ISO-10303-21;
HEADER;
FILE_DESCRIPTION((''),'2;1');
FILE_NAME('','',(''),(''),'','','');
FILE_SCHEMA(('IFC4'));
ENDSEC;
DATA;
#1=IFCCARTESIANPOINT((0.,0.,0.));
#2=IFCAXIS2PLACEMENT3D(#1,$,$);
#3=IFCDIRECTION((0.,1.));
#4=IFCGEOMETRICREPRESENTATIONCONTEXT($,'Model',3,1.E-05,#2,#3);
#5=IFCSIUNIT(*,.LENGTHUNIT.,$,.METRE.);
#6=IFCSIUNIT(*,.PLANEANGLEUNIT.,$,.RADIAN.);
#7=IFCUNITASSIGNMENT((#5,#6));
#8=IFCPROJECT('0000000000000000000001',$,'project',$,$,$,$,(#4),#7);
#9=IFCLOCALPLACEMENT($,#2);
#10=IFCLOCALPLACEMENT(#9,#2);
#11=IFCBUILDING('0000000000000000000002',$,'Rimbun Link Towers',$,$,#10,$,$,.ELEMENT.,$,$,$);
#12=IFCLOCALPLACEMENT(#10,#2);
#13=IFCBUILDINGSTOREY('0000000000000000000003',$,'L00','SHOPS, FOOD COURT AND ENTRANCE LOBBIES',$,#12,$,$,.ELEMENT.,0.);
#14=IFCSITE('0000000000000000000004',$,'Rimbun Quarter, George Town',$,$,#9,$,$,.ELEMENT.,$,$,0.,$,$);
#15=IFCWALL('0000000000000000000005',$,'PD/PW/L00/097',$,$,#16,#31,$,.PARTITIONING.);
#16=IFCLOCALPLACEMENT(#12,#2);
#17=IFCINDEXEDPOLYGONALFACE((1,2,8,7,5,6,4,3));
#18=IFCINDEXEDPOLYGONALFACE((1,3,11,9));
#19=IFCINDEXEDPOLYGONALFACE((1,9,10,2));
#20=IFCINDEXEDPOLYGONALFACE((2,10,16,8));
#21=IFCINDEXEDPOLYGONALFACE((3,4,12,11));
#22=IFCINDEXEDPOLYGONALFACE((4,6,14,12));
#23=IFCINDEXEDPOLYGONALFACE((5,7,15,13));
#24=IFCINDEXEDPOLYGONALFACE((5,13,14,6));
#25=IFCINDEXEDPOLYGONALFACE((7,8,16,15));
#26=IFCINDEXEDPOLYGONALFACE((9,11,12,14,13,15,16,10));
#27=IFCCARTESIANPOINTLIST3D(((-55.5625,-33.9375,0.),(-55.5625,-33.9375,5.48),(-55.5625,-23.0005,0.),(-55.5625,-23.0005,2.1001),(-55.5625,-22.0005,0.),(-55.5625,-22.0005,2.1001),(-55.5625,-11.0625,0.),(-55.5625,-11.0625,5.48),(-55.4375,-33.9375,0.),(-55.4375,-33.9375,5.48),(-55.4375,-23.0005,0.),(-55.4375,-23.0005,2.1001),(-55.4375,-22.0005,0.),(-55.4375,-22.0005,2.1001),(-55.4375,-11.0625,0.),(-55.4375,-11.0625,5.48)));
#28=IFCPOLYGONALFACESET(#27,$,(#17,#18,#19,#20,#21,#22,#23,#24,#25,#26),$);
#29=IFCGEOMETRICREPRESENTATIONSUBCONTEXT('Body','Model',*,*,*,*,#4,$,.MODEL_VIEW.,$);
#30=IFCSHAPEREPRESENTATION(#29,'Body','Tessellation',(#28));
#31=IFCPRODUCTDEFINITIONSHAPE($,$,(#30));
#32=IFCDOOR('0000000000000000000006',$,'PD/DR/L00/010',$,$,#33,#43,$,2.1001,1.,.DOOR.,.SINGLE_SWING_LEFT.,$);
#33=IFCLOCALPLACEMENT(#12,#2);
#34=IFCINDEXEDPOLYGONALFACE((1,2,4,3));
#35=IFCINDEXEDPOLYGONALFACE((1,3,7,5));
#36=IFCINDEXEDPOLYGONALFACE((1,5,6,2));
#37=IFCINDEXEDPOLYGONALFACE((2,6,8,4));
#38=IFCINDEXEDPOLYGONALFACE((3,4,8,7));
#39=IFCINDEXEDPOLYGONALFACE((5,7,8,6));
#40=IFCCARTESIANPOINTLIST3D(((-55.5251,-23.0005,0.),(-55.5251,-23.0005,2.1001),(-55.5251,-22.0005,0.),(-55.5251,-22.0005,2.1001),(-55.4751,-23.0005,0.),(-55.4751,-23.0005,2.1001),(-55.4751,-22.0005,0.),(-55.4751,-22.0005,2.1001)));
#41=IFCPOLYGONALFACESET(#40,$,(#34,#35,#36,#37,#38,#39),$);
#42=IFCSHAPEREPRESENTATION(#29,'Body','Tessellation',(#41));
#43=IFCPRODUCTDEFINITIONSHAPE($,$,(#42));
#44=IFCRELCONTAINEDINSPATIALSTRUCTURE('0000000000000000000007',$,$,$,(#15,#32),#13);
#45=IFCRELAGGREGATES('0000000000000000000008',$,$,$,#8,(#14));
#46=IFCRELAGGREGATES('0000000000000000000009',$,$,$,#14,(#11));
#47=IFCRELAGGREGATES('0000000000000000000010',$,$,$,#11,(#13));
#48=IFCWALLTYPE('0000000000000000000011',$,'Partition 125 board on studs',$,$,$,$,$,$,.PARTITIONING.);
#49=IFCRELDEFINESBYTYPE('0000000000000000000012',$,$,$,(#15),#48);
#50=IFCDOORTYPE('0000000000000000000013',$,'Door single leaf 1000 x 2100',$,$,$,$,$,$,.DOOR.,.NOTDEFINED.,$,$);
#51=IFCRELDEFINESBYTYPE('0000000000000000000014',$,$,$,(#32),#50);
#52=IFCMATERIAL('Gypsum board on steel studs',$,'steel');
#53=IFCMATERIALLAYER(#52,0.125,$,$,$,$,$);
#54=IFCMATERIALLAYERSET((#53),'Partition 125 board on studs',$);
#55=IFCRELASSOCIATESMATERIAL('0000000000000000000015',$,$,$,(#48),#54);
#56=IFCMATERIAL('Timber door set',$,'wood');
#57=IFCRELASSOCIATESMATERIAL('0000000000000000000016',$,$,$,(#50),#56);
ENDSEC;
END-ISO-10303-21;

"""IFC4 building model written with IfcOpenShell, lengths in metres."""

from ifc_helpers import new_model, si_unit, direction, frame, frame_2d, origin, place, context, subcontext, project, spatial, rectangle, extrude, material, layer, layer_set, type_object, element, fill, save


model = new_model("IFC4")

# Units and contexts
model_context = context("Model", 3, precision=1e-05, world=origin(), true_north=direction((0.0, 1.0)))
body_context = subcontext(model_context, "Body", "Model", "MODEL_VIEW")
ifc_project = project(units=[si_unit("LENGTHUNIT", "METRE"), si_unit("PLANEANGLEUNIT", "RADIAN")], contexts=[model_context])

# Site, building, storey
site_placement = place(None, origin())
site = spatial("IfcSite", under=ifc_project, at=site_placement, Name="Rimbun Quarter, George Town", CompositionType="ELEMENT", RefElevation=0.0)
building_placement = place(site_placement, origin())
building = spatial("IfcBuilding", under=site, at=building_placement, Name="Rimbun Link Towers", CompositionType="ELEMENT")
storey_placement = place(building_placement, origin())
storey = spatial("IfcBuildingStorey", under=building, at=storey_placement, Name="L00", Description="SHOPS, FOOD COURT AND ENTRANCE LOBBIES", CompositionType="ELEMENT", Elevation=0.0)

# Shared definitions
ifc_material_1 = material(Name="Gypsum board on steel studs", Category="steel")
ifc_layer_1 = layer(ifc_material_1, 0.125)
ifc_layer_set_1 = layer_set([ifc_layer_1], Name="Partition 125 board on studs")
wall_type = type_object("IfcWallType", Name="Partition 125 board on studs", PredefinedType="PARTITIONING", material=ifc_layer_set_1)

# Wall, opening, door
wall_1_placement = place(storey_placement, frame((-55.5, -11.0625, 0.0), z_axis=(0.0, 0.0, 1.0), x_axis=(0.0, -1.0, 0.0)))
wall_1 = element("IfcWall", 1, at=wall_1_placement, inside=storey, type_object=wall_type, Name="PD/PW/L00/097", PredefinedType="PARTITIONING", context=body_context, shape_type="SweptSolid", body=[
    extrude(rectangle(XDim=22.875, YDim=0.125, at=frame_2d((11.4375, 0.0))), origin(), (0.0, 0.0, 1.0), 5.48),
])
opening_placement = place(wall_1_placement, frame((10.938, 0.0, 0.0)))
opening = element("IfcOpeningElement", 2, at=opening_placement, cuts=wall_1, PredefinedType="OPENING", context=body_context, shape_type="SweptSolid", body=[
    extrude(rectangle(XDim=1.0, YDim=2.1001, at=frame_2d((0.5, 1.05))), frame((0.0, 0.0725, 0.0), z_axis=(0.0, -1.0, 0.0), x_axis=(1.0, 0.0, 0.0)), (0.0, 0.0, 1.0), 0.145),
])
ifc_material_2 = material(Name="Timber door set", Category="wood")
door_type = type_object("IfcDoorType", Name="Door single leaf 1000 x 2100", OperationType="NOTDEFINED", PredefinedType="DOOR", material=ifc_material_2)
door_placement = place(opening_placement, origin())
door = element("IfcDoor", 3, at=door_placement, inside=storey, type_object=door_type, Name="PD/DR/L00/010", OperationType="SINGLE_SWING_LEFT", OverallHeight=2.1001, OverallWidth=1.0, PredefinedType="DOOR", context=body_context, shape_type="SweptSolid", body=[
    extrude(rectangle(XDim=1.0, YDim=2.1001, at=frame_2d((0.5, 1.05))), frame((0.0, 0.0249, 0.0), z_axis=(0.0, -1.0, 0.0), x_axis=(1.0, 0.0, 0.0)), (0.0, 0.0, 1.0), 0.05),
])
fill(opening, door)

save(model, "model.ifc")
